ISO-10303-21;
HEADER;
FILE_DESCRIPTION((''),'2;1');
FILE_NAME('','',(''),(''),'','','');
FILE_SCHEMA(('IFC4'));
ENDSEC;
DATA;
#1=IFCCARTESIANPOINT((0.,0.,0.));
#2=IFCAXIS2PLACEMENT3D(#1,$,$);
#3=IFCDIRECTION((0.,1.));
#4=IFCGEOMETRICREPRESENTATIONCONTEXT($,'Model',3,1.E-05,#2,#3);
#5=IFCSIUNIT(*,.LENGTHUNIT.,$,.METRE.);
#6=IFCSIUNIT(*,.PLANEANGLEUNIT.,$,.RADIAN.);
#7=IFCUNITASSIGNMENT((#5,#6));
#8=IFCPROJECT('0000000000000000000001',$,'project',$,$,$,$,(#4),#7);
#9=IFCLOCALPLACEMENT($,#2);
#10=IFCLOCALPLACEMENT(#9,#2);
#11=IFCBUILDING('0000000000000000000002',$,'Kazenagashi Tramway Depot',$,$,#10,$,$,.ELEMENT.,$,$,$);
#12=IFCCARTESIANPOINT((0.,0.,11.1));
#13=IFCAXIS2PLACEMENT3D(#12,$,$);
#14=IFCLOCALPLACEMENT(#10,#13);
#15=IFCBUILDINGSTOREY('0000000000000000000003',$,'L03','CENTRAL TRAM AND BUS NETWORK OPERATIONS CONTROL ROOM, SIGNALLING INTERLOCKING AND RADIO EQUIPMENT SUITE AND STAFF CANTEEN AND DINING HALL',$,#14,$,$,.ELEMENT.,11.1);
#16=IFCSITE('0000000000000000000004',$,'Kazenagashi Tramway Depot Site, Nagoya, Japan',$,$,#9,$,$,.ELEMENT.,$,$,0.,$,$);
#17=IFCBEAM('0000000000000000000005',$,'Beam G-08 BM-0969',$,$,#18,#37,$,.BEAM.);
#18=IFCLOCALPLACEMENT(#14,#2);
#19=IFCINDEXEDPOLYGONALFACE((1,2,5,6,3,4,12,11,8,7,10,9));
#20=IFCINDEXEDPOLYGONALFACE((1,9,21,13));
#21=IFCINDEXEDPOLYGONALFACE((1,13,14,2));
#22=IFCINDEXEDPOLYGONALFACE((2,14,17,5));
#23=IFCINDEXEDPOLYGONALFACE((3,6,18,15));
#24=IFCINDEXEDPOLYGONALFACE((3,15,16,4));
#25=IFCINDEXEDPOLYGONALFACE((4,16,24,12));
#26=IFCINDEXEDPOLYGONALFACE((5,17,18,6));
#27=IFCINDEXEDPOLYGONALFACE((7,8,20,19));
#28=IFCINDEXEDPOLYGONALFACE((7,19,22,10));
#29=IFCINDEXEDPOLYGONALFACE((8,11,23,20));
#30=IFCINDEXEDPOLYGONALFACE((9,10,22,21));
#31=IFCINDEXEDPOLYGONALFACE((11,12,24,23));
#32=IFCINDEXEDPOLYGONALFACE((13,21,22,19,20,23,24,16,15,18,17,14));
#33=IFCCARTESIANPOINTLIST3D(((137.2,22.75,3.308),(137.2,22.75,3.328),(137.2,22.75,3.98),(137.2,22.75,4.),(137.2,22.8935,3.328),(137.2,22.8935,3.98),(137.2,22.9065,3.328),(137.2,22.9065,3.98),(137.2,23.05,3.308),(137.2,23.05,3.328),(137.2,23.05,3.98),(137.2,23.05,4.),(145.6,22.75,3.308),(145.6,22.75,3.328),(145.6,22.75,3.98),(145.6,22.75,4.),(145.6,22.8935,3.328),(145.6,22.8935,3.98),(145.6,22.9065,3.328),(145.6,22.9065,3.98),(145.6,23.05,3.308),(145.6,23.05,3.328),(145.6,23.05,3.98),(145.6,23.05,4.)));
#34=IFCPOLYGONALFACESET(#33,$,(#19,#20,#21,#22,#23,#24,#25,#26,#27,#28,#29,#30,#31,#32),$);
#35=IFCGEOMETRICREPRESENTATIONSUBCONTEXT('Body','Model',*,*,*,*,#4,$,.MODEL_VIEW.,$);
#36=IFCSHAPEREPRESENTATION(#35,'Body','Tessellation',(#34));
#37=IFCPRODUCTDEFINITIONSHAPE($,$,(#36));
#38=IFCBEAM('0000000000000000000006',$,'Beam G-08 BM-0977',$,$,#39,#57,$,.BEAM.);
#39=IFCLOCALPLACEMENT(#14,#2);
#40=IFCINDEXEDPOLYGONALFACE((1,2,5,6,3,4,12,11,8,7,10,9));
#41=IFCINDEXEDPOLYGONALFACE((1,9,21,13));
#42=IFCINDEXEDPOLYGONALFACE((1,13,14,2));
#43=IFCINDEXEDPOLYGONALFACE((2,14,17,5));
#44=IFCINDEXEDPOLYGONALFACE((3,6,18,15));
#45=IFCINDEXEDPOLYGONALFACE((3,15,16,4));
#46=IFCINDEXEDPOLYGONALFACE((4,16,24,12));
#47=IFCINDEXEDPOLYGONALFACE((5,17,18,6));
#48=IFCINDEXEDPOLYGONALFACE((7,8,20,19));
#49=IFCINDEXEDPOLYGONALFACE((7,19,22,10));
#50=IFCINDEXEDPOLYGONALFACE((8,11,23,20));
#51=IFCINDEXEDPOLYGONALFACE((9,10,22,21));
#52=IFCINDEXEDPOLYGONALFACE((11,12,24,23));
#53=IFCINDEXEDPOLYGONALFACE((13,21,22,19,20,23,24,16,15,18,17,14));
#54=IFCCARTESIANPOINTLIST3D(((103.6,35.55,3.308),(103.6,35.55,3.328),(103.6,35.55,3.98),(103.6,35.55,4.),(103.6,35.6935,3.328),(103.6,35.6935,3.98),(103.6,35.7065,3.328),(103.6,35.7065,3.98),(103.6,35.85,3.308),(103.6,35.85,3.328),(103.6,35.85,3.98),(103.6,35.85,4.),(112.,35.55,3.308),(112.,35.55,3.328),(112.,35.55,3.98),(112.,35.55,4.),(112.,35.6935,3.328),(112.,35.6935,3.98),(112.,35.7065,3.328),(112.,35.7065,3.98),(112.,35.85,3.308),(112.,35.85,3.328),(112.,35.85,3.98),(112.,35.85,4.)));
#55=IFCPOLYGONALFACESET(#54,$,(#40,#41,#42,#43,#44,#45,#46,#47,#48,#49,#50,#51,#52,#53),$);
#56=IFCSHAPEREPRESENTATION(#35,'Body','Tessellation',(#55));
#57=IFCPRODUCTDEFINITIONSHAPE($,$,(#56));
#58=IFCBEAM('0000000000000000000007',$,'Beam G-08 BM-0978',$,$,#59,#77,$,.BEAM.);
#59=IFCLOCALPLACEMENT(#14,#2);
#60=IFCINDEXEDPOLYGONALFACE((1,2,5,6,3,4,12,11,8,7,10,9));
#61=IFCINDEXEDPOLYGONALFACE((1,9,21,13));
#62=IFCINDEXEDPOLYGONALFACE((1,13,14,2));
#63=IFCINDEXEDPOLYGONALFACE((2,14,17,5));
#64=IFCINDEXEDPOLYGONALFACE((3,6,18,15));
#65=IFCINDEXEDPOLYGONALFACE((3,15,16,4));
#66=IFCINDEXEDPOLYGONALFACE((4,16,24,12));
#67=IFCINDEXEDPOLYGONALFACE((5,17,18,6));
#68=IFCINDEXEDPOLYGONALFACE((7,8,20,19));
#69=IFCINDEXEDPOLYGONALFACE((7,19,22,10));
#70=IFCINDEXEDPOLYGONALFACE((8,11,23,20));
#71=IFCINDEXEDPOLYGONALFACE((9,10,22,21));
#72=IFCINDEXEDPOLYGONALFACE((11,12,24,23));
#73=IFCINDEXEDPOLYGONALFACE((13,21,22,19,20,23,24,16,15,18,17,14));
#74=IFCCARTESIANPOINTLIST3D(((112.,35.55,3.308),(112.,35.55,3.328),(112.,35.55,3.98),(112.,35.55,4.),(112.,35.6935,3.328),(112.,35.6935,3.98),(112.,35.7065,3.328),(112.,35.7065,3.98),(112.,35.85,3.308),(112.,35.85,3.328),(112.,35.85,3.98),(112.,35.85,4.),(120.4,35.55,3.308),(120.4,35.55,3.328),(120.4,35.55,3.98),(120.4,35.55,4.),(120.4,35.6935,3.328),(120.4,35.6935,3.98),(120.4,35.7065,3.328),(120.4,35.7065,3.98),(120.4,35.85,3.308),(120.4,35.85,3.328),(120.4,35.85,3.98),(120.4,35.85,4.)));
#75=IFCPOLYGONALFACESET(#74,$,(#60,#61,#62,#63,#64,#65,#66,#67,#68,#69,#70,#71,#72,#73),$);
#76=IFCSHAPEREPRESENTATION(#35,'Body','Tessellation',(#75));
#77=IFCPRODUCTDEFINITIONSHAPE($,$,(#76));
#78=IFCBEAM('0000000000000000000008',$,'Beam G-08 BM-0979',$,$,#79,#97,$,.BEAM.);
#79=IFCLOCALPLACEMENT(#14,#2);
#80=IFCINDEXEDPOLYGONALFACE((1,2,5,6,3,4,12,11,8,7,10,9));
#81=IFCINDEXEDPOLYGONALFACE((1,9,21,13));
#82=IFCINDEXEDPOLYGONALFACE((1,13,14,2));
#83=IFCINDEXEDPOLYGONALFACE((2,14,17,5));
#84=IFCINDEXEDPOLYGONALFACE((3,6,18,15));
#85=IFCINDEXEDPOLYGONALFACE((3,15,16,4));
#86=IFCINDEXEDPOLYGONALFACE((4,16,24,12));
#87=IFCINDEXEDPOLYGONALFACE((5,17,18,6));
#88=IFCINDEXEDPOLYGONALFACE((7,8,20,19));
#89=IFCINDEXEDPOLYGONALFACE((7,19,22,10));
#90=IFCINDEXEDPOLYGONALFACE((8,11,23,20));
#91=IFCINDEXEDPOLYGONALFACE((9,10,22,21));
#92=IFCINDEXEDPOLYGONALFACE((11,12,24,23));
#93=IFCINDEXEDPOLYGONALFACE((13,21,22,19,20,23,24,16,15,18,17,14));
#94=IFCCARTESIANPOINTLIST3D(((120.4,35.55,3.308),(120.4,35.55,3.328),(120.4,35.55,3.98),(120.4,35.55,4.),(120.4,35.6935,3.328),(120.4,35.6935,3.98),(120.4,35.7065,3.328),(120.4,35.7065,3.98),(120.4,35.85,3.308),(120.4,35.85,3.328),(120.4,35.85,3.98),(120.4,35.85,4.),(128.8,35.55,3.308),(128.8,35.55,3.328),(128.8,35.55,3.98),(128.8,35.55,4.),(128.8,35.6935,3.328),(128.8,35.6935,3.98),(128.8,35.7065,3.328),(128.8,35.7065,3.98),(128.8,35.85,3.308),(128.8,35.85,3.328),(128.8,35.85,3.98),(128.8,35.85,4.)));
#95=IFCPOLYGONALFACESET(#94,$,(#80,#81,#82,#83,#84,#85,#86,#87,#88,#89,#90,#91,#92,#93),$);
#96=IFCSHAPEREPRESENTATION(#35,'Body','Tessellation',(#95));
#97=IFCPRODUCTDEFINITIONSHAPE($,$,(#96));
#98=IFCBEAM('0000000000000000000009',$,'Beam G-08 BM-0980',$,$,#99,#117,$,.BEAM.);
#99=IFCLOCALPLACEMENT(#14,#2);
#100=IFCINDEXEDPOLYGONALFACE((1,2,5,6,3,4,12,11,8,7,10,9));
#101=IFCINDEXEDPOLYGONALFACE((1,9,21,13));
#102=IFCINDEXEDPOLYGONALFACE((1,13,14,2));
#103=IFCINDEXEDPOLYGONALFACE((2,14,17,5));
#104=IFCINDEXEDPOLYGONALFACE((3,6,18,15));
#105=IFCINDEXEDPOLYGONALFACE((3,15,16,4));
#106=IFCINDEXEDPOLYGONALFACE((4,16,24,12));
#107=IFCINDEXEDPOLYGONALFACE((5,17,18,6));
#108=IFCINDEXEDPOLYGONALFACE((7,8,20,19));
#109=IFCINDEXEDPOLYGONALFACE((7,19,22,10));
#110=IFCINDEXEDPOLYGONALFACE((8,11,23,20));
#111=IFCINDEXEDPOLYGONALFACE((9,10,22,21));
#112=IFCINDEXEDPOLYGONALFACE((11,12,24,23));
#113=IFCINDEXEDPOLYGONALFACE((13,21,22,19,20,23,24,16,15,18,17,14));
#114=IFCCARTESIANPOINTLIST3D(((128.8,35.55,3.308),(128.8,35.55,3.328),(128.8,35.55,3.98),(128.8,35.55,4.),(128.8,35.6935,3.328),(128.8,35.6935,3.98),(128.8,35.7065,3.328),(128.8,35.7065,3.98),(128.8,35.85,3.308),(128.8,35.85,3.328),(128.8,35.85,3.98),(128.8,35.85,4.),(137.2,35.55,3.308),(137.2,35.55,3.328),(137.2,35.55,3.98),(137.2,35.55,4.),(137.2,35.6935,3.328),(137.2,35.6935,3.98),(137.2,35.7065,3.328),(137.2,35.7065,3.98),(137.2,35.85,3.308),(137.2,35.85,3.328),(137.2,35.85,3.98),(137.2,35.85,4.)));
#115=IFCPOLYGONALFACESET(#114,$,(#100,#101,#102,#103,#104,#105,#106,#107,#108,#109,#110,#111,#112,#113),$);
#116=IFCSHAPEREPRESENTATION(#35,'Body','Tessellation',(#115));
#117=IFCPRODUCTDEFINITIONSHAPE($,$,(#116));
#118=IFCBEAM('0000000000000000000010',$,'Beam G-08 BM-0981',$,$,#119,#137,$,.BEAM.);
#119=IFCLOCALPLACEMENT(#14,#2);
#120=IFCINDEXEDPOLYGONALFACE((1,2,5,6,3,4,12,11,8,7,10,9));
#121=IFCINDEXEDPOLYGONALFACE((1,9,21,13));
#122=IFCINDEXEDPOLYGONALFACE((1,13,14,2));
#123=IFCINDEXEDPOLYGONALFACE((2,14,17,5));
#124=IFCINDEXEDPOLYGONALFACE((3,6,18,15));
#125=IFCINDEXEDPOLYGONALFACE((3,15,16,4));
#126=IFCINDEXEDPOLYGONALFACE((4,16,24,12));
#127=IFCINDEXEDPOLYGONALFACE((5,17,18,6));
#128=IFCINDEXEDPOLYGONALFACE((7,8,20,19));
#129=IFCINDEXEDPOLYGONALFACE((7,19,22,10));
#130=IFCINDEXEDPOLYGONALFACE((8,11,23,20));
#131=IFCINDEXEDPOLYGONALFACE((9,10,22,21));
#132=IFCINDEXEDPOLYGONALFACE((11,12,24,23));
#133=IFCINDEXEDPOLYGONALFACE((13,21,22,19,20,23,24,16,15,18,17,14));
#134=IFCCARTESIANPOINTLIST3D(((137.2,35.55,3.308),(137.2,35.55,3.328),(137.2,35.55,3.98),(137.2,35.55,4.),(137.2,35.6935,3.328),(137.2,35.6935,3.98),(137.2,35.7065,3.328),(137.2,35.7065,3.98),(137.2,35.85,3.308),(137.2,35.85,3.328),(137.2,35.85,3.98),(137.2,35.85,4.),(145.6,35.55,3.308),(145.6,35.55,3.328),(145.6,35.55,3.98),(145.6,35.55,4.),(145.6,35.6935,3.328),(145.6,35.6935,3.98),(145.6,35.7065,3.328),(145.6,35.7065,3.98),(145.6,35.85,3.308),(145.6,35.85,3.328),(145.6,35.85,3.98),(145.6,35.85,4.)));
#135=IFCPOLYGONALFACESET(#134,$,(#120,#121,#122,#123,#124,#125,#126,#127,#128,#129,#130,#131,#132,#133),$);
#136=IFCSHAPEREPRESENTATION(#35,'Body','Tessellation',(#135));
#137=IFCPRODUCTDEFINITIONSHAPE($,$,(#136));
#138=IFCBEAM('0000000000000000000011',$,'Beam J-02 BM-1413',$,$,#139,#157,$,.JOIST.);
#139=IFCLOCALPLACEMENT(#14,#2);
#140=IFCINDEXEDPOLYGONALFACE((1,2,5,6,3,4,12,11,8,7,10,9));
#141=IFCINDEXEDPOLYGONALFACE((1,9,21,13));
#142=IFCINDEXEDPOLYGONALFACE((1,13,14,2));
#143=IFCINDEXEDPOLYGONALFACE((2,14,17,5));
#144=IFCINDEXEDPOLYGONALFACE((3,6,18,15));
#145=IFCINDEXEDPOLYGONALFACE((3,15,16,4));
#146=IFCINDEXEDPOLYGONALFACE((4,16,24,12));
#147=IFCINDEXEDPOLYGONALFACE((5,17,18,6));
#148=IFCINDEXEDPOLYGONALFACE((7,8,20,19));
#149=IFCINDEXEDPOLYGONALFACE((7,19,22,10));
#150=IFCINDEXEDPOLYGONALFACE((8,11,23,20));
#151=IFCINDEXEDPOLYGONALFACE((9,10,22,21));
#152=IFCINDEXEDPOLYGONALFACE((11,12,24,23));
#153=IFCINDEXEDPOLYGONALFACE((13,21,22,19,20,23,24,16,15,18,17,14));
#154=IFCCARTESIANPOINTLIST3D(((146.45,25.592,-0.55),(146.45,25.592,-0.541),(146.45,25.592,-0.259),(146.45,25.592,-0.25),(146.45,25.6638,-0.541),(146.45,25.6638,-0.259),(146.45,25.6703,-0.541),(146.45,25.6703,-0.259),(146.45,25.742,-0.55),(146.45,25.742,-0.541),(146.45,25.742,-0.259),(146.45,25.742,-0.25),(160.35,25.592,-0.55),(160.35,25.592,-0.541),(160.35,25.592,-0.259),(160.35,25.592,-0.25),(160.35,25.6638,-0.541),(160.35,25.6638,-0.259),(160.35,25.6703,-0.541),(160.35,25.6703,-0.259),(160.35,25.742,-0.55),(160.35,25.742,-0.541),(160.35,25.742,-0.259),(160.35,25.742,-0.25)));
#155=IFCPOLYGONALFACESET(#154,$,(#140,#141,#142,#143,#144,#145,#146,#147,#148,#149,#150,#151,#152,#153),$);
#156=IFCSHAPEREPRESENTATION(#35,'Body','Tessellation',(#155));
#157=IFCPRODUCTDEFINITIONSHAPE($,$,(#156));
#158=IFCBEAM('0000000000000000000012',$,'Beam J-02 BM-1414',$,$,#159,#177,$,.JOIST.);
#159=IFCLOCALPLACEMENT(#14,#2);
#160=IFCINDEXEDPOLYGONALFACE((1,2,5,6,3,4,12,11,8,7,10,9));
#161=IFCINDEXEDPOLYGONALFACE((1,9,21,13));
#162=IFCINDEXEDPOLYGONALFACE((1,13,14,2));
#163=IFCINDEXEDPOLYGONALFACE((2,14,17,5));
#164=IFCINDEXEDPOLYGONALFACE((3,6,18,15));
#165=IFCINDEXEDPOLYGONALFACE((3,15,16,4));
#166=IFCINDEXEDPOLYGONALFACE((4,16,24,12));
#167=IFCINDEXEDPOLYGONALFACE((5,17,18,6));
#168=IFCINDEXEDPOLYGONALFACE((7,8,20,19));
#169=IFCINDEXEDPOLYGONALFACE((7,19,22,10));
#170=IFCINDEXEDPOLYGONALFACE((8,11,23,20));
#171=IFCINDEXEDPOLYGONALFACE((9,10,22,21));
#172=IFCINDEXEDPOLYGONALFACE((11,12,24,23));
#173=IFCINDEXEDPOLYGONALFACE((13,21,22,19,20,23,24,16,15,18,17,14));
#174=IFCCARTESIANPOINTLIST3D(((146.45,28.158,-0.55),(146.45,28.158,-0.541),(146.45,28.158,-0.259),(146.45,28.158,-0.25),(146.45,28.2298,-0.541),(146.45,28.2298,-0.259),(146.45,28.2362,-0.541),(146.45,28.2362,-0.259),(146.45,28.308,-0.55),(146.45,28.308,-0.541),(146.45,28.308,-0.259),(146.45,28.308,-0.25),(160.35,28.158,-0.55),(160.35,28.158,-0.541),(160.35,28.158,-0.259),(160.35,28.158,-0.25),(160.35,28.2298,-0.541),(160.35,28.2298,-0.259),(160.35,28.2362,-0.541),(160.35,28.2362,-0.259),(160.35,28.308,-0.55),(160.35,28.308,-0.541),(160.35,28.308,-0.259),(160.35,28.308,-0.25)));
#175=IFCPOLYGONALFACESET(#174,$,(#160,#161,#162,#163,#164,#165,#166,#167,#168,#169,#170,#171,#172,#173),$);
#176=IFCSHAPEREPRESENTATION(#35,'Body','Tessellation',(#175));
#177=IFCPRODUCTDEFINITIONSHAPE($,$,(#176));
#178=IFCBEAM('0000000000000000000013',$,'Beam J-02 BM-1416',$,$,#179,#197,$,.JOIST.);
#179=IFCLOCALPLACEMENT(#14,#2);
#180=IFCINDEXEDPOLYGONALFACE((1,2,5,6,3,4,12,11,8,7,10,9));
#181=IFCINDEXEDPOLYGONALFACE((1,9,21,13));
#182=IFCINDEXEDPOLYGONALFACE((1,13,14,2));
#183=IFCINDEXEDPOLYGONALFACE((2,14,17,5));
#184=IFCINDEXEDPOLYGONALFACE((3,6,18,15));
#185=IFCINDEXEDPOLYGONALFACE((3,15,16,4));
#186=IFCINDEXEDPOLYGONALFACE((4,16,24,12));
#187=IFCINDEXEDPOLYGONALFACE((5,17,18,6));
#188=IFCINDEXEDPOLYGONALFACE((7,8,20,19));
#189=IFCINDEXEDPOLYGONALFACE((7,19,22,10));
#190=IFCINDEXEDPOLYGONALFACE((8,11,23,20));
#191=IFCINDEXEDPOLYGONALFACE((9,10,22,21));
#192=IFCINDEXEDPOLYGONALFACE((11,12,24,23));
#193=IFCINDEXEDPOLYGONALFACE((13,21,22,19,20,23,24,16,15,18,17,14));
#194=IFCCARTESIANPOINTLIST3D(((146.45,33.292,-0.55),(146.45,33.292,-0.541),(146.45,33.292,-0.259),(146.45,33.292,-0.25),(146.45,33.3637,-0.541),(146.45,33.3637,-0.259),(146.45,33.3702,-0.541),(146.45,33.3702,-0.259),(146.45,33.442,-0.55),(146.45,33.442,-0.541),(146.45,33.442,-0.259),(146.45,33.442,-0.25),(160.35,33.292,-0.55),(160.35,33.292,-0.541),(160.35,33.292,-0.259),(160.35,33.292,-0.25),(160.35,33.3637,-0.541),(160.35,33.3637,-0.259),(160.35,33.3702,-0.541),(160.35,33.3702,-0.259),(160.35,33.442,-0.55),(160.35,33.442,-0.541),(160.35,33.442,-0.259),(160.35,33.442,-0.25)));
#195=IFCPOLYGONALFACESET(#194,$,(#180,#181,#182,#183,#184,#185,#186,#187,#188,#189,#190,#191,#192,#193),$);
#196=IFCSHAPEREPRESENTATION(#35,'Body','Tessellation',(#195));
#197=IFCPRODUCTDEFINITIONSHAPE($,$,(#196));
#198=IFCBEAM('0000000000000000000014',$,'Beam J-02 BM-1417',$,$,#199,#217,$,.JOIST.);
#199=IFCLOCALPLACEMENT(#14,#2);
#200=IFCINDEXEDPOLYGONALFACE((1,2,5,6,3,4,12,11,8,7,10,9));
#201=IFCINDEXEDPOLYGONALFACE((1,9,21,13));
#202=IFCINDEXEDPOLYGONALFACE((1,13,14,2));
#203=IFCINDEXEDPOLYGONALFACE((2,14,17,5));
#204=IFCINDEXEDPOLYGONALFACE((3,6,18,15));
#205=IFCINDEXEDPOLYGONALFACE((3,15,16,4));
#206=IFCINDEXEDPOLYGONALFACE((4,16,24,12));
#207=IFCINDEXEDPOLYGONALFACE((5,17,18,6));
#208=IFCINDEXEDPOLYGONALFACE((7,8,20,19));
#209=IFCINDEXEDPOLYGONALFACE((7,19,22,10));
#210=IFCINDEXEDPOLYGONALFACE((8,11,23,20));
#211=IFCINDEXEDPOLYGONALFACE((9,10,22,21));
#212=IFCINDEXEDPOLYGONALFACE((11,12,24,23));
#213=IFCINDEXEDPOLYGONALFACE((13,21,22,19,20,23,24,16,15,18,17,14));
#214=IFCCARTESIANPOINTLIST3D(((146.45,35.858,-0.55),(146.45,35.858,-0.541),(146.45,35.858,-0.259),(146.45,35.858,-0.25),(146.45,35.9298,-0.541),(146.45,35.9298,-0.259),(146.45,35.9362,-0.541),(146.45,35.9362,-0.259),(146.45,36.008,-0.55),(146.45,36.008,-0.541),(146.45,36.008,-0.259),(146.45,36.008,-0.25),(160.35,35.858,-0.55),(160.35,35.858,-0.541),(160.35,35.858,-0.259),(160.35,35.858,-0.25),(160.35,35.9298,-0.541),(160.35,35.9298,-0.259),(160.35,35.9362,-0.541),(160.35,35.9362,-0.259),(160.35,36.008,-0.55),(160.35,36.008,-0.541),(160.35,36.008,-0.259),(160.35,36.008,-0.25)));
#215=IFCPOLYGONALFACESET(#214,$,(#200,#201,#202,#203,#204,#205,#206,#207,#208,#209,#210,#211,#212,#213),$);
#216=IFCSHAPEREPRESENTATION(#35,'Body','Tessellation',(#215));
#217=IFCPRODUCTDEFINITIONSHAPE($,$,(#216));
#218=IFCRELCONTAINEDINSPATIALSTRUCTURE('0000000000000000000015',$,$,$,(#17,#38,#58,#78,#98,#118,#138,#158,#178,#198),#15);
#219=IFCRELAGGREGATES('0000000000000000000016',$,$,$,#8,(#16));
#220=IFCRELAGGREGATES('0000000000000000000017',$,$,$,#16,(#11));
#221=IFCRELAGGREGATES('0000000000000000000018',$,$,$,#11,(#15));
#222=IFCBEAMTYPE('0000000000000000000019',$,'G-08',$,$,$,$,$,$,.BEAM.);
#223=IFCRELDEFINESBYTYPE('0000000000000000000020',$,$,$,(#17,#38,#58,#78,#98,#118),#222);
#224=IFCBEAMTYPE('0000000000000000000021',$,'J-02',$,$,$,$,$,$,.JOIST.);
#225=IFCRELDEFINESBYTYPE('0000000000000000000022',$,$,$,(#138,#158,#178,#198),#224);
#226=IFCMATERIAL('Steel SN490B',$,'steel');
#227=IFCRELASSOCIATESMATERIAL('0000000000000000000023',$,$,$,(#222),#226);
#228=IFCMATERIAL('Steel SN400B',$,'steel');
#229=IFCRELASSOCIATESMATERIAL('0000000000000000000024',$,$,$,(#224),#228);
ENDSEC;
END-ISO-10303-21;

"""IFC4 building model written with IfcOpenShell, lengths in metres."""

from ifc_helpers import new_model, si_unit, direction, frame, origin, origin_2d, place, context, subcontext, project, spatial, i_section, extrude, material, material_profile, profile_set, type_object, element, save


model = new_model("IFC4")

# Units and contexts
model_context = context("Model", 3, precision=1e-05, world=origin(), true_north=direction((0.0, 1.0)))
body_context = subcontext(model_context, "Body", "Model", "MODEL_VIEW")
ifc_project = project(units=[si_unit("LENGTHUNIT", "METRE"), si_unit("PLANEANGLEUNIT", "RADIAN")], contexts=[model_context])

# Site, building, storey
site_placement = place(None, origin())
site = spatial("IfcSite", under=ifc_project, at=site_placement, Name="Kazenagashi Tramway Depot Site, Nagoya, Japan", CompositionType="ELEMENT", RefElevation=0.0)
building_placement = place(site_placement, origin())
building = spatial("IfcBuilding", under=site, at=building_placement, Name="Kazenagashi Tramway Depot", CompositionType="ELEMENT")
storey_placement = place(building_placement, frame((0.0, 0.0, 11.1)))
storey = spatial("IfcBuildingStorey", under=building, at=storey_placement, Name="L03", Description="CENTRAL TRAM AND BUS NETWORK OPERATIONS CONTROL ROOM, SIGNALLING INTERLOCKING AND RADIO EQUIPMENT SUITE AND STAFF CANTEEN AND DINING HALL", CompositionType="ELEMENT", Elevation=11.1)

# Shared definitions
ifc_material_1 = material(Name="Steel SN490B", Category="steel")

# Beams
ifc_material_profile_1 = material_profile(ifc_material_1, i_section(OverallWidth=0.3, OverallDepth=0.692, WebThickness=0.013, FlangeThickness=0.02, at=origin_2d()), Name="H-692x300x13x20")
ifc_profile_set_1 = profile_set([ifc_material_profile_1], Name="Steel SN490B")
beam_type_1 = type_object("IfcBeamType", Name="G-08", PredefinedType="BEAM", material=ifc_profile_set_1)
for number, where, z_axis, x_axis, name in (
    (1, (137.2, 22.9, 3.654), (1.0, 0.0, 0.0), (0.0, 1.0, 0.0), "Beam G-08 BM-0969"),
    (2, (103.6, 35.7, 3.654), (1.0, 0.0, 0.0), (0.0, 1.0, 0.0), "Beam G-08 BM-0977"),
    (3, (112.0, 35.7, 3.654), (1.0, 0.0, 0.0), (0.0, 1.0, 0.0), "Beam G-08 BM-0978"),
    (4, (120.4, 35.7, 3.654), (1.0, 0.0, 0.0), (0.0, 1.0, 0.0), "Beam G-08 BM-0979"),
    (5, (128.8, 35.7, 3.654), (1.0, 0.0, 0.0), (0.0, 1.0, 0.0), "Beam G-08 BM-0980"),
    (6, (137.2, 35.7, 3.654), (1.0, 0.0, 0.0), (0.0, 1.0, 0.0), "Beam G-08 BM-0981"),
):
    element("IfcBeam", number, at=place(storey_placement, frame(where, z_axis=z_axis, x_axis=x_axis)), inside=storey, type_object=beam_type_1, Name=name, PredefinedType="BEAM", context=body_context, shape_type="SweptSolid", body=[
        extrude(i_section(OverallWidth=0.3, OverallDepth=0.692, WebThickness=0.013, FlangeThickness=0.02, at=origin_2d()), origin(), (0.0, 0.0, 1.0), 8.4),
    ])
ifc_material_2 = material(Name="Steel SN400B", Category="steel")
ifc_material_profile_2 = material_profile(ifc_material_2, i_section(OverallWidth=0.15, OverallDepth=0.3, WebThickness=0.0065, FlangeThickness=0.009, at=origin_2d()), Name="H-300x150x6.5x9")
ifc_profile_set_2 = profile_set([ifc_material_profile_2], Name="Steel SN400B")
beam_type_2 = type_object("IfcBeamType", Name="J-02", PredefinedType="JOIST", material=ifc_profile_set_2)
for number, where, z_axis, x_axis, name in (
    (7, (146.45, 25.667, -0.4), (1.0, 0.0, 0.0), (0.0, 1.0, 0.0), "Beam J-02 BM-1413"),
    (8, (146.45, 28.233, -0.4), (1.0, 0.0, 0.0), (0.0, 1.0, 0.0), "Beam J-02 BM-1414"),
    (9, (146.45, 33.367, -0.4), (1.0, 0.0, 0.0), (0.0, 1.0, 0.0), "Beam J-02 BM-1416"),
    (10, (146.45, 35.933, -0.4), (1.0, 0.0, 0.0), (0.0, 1.0, 0.0), "Beam J-02 BM-1417"),
):
    element("IfcBeam", number, at=place(storey_placement, frame(where, z_axis=z_axis, x_axis=x_axis)), inside=storey, type_object=beam_type_2, Name=name, PredefinedType="JOIST", context=body_context, shape_type="SweptSolid", body=[
        extrude(i_section(OverallWidth=0.15, OverallDepth=0.3, WebThickness=0.0065, FlangeThickness=0.009, at=origin_2d()), origin(), (0.0, 0.0, 1.0), 13.9),
    ])

save(model, "model.ifc")
